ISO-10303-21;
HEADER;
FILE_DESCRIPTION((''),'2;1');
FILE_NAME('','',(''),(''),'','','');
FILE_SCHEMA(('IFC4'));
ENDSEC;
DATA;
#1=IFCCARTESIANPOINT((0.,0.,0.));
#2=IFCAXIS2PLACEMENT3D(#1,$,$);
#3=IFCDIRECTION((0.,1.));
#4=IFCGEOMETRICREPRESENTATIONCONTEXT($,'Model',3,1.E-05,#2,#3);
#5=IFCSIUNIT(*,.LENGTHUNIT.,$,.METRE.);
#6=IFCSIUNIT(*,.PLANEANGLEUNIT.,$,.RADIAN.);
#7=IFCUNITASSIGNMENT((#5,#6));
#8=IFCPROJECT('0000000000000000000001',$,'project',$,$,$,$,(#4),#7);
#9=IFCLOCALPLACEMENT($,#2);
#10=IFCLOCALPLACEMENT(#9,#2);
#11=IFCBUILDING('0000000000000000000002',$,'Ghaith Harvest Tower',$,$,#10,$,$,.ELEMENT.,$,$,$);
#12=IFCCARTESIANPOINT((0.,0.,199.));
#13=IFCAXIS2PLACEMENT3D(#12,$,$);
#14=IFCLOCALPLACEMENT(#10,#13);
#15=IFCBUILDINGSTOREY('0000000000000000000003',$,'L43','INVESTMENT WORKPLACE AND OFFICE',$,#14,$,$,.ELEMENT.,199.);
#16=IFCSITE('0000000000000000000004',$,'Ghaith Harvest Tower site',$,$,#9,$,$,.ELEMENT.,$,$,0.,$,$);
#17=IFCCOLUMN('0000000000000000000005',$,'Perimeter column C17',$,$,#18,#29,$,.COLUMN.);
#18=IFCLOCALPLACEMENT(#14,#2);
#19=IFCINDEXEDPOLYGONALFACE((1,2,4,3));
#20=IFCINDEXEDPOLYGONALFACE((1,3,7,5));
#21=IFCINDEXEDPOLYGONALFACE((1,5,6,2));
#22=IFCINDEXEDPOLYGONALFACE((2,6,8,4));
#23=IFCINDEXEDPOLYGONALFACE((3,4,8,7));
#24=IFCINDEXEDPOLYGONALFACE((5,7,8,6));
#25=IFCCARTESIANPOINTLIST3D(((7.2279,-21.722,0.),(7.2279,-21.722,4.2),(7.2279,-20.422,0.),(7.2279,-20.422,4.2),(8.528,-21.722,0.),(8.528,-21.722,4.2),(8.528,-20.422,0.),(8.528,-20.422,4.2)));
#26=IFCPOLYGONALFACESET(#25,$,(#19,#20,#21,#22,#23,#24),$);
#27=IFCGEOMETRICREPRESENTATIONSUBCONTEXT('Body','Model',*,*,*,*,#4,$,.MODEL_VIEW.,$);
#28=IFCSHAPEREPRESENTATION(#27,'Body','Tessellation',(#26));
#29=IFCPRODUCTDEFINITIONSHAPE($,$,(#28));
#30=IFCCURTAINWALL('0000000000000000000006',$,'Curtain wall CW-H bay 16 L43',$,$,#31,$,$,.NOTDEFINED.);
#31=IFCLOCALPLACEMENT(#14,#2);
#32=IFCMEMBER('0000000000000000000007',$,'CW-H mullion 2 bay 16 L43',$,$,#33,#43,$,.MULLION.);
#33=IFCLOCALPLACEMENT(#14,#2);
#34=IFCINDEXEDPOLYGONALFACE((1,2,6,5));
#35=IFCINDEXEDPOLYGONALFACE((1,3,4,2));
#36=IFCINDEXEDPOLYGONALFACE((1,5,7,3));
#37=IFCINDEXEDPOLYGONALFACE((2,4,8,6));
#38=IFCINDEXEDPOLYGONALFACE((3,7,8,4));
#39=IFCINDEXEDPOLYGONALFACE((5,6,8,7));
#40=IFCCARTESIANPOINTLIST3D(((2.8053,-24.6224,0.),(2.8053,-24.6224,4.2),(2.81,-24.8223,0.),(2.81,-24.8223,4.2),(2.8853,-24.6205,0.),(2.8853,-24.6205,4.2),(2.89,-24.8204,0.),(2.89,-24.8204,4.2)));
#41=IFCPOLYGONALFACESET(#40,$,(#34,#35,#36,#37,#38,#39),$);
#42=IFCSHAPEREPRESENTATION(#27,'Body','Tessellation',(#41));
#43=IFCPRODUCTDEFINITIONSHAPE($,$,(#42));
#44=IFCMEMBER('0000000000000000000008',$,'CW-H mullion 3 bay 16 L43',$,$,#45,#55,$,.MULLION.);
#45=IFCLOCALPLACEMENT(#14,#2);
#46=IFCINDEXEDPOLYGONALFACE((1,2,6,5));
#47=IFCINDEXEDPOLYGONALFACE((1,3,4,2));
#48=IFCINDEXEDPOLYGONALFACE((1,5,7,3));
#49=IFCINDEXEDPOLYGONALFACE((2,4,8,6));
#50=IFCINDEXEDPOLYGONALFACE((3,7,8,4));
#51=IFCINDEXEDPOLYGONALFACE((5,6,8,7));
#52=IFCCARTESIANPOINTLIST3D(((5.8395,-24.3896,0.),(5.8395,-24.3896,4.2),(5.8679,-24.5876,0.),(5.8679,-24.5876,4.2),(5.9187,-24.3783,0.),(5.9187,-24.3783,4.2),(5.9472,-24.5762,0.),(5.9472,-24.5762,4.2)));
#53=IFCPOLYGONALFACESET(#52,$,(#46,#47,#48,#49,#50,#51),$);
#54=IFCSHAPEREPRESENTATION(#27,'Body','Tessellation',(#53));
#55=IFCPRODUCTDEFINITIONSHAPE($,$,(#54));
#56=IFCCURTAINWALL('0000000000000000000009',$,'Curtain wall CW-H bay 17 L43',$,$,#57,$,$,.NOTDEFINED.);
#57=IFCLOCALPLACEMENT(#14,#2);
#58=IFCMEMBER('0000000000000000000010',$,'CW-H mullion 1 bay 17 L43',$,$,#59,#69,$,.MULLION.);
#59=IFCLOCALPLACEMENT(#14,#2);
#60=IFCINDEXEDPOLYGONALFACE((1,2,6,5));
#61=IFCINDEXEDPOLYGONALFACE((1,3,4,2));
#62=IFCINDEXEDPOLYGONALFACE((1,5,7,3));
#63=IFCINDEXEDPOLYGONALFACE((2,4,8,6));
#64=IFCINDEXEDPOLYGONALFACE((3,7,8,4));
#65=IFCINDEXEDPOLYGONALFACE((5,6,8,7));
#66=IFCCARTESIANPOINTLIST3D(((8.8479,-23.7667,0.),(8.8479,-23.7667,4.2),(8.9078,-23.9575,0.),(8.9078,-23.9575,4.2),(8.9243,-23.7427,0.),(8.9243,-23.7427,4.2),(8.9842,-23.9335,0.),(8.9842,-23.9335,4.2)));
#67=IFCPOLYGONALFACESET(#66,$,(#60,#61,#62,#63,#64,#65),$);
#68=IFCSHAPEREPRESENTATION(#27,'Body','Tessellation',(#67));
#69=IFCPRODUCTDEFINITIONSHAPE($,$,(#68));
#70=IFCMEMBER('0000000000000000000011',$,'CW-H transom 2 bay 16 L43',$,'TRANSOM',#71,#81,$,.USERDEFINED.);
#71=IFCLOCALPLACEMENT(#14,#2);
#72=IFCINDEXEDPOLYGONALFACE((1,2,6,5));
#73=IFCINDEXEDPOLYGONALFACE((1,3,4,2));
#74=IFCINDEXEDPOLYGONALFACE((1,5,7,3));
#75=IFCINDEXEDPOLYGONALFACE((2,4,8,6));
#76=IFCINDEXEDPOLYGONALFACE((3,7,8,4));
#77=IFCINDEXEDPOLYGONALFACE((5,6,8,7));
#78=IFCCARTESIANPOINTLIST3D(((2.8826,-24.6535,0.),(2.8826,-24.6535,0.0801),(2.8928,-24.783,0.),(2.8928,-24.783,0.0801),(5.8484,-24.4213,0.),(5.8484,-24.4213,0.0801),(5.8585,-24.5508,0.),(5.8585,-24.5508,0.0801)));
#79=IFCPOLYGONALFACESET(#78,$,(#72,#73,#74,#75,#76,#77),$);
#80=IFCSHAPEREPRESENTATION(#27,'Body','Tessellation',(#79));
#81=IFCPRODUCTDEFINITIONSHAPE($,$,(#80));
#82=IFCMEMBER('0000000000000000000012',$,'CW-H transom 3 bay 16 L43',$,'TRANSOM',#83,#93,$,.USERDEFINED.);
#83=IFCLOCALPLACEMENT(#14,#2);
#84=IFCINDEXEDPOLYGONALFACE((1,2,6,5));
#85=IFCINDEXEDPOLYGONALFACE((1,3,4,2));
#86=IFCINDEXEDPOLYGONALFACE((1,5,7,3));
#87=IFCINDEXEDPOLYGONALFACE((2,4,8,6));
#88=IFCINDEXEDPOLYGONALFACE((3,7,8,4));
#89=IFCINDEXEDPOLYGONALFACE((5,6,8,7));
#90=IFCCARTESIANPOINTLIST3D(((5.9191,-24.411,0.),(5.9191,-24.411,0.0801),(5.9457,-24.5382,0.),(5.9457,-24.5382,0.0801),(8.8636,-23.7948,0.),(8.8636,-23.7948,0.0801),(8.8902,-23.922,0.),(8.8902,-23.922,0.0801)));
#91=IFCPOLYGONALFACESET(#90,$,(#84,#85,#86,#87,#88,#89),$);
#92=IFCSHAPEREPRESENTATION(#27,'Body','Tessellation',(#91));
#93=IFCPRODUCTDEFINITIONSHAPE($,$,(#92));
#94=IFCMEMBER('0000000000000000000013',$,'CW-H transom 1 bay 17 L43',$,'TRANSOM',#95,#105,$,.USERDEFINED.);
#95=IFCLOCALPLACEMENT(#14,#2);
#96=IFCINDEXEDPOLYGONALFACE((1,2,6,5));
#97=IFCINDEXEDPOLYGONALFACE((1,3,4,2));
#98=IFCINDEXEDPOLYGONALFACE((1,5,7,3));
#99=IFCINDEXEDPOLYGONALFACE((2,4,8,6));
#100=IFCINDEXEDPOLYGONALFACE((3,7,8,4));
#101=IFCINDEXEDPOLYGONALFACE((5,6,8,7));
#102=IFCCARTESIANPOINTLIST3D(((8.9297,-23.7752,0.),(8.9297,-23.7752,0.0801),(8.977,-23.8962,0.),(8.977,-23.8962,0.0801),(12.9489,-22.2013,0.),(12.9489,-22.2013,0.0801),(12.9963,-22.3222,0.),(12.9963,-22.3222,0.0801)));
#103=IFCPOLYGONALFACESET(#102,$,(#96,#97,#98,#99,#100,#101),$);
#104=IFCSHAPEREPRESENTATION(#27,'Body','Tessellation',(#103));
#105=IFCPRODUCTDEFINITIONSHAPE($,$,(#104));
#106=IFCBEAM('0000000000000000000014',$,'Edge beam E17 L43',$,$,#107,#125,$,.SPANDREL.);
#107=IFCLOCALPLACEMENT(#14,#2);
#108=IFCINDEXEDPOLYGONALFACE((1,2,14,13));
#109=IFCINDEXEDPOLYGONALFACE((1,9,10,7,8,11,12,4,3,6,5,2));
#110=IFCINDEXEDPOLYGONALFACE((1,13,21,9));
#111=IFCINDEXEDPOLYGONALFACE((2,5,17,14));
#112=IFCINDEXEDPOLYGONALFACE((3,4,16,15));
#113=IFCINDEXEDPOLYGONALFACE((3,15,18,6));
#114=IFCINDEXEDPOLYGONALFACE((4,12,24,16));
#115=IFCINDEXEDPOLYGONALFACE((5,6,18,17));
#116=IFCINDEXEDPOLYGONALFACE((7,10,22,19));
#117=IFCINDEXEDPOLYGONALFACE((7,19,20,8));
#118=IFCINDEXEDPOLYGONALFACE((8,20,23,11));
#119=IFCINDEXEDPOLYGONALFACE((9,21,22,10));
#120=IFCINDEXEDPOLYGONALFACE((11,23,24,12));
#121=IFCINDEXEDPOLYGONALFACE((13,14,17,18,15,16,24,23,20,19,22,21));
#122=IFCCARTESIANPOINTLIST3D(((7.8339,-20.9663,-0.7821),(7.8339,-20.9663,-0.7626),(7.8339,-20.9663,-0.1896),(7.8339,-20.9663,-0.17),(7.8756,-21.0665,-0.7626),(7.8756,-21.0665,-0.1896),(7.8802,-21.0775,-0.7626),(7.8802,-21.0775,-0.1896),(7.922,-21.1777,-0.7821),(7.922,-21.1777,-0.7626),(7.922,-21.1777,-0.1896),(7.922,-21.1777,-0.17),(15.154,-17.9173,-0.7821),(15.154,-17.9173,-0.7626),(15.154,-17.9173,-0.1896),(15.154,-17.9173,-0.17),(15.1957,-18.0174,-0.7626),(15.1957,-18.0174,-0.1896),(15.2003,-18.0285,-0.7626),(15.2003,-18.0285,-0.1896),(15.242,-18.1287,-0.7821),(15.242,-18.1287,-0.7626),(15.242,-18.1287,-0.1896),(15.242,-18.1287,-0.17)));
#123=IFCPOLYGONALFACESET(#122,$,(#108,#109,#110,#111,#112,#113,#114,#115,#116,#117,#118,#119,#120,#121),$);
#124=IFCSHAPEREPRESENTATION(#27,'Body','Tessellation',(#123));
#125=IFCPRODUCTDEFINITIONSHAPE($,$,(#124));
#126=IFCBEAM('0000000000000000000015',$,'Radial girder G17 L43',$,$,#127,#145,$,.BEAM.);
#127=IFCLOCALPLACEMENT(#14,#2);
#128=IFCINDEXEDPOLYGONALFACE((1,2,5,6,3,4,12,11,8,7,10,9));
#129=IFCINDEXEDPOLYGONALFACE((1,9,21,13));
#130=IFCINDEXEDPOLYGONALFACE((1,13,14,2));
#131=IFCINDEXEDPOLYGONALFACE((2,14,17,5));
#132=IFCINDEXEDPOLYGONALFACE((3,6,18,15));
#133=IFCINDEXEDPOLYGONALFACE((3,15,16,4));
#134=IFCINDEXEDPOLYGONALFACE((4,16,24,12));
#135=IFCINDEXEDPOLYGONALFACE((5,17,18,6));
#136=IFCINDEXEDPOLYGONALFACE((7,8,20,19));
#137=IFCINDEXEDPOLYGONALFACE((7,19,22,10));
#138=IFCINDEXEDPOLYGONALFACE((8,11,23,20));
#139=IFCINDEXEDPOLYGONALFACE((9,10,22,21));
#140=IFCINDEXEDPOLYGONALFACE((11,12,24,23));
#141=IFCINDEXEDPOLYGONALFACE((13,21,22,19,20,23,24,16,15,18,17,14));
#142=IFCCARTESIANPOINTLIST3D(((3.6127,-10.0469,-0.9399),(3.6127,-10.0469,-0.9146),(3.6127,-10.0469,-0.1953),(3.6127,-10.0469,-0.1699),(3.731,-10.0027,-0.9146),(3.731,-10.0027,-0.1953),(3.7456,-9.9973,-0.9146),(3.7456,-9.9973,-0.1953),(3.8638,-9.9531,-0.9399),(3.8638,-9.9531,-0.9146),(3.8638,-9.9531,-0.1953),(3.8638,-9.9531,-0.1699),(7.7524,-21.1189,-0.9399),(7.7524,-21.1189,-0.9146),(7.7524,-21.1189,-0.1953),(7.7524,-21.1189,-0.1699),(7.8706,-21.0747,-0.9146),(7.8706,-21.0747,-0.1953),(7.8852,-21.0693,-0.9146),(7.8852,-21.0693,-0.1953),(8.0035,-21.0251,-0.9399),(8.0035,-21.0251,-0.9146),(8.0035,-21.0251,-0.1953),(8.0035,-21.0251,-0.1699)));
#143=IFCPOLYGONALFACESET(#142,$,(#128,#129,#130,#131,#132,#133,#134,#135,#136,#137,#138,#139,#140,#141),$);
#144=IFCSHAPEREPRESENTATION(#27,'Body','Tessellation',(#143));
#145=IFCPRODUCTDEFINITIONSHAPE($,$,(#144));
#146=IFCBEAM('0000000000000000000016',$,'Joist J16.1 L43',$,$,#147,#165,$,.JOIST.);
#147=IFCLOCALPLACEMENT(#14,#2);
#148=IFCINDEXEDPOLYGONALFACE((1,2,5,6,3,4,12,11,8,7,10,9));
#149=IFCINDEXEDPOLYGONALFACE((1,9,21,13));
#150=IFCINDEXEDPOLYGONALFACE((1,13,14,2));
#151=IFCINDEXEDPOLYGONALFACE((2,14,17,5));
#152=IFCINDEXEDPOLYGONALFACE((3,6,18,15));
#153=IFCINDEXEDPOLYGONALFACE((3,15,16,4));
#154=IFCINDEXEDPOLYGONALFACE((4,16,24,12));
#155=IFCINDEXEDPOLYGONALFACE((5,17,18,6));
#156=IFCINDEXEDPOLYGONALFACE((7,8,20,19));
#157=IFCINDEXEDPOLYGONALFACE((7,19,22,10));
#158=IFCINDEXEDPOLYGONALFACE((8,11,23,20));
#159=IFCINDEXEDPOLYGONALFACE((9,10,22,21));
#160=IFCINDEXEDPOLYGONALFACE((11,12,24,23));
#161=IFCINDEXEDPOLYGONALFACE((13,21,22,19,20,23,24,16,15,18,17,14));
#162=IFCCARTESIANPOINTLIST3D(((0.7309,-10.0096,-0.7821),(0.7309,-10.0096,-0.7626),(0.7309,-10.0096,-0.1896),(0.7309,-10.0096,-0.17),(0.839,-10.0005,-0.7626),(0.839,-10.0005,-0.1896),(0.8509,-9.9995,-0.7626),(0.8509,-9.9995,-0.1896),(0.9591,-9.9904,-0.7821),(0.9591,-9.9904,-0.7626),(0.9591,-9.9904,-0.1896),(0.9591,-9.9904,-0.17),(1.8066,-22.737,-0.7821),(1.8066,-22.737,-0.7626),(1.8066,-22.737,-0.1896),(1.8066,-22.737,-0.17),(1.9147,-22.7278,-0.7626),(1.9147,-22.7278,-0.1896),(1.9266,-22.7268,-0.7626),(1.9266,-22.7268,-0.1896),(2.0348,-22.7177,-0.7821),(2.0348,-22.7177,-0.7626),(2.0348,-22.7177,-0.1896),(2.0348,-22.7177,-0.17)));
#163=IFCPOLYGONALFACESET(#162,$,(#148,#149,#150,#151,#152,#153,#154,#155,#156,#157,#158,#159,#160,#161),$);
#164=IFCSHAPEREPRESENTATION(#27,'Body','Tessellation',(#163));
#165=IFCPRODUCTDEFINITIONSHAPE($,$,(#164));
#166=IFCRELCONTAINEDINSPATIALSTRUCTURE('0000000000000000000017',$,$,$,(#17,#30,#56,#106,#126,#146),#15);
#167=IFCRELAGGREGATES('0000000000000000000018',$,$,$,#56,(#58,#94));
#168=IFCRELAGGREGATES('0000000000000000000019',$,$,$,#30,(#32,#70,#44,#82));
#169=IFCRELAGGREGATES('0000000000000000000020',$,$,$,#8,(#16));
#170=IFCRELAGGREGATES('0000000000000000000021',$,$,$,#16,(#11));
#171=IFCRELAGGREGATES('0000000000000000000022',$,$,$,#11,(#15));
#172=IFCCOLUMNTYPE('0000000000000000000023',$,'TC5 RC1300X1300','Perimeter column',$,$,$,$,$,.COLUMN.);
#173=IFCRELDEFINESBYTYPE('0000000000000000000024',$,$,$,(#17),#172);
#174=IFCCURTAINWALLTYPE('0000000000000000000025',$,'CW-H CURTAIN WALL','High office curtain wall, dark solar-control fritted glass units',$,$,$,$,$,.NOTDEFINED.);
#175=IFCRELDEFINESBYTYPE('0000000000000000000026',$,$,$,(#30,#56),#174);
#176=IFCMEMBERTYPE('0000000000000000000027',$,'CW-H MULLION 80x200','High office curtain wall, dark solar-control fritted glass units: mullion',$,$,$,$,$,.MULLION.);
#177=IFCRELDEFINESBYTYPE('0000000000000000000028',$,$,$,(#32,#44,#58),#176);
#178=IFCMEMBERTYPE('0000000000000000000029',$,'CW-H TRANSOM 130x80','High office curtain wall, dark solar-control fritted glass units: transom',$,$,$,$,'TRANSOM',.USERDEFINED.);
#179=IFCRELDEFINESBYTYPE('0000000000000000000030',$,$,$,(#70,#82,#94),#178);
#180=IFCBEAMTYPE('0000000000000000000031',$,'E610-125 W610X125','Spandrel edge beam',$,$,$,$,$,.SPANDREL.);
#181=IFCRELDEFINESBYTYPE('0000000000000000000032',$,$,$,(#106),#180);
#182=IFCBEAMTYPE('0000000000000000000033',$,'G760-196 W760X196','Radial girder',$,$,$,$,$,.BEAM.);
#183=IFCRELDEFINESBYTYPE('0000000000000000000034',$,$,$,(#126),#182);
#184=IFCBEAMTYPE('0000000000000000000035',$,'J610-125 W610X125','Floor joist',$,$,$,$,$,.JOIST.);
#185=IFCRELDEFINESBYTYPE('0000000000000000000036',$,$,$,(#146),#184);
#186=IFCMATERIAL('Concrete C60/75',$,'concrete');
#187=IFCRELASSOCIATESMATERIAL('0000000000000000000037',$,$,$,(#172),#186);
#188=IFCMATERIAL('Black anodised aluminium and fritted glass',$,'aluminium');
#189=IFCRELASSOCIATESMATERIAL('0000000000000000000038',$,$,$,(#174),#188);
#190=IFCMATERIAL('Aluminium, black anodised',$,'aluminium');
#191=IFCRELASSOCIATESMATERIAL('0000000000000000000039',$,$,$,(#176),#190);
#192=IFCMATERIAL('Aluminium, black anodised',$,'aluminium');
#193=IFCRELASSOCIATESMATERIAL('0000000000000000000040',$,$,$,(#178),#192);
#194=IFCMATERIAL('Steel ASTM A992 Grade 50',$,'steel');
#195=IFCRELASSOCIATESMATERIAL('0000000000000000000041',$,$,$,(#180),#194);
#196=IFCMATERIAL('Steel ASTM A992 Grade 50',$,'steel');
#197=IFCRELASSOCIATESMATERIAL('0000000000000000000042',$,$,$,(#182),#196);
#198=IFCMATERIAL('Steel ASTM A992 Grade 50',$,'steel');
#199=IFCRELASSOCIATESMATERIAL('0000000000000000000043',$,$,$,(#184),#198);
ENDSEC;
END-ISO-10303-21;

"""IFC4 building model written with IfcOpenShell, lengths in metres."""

from ifc_helpers import new_model, si_unit, direction, frame, origin, origin_2d, place, context, subcontext, project, spatial, rectangle, i_section, extrude, material, material_profile, profile_set, type_object, element, aggregate, save


model = new_model("IFC4")

# Units and contexts
model_context = context("Model", 3, precision=1e-05, world=origin(), true_north=direction((0.0, 1.0)))
body_context = subcontext(model_context, "Body", "Model", "MODEL_VIEW")
ifc_project = project(units=[si_unit("LENGTHUNIT", "METRE"), si_unit("PLANEANGLEUNIT", "RADIAN")], contexts=[model_context])

# Site, building, storey
site_placement = place(None, origin())
site = spatial("IfcSite", under=ifc_project, at=site_placement, Name="Ghaith Harvest Tower site", CompositionType="ELEMENT", RefElevation=0.0)
building_placement = place(site_placement, origin())
building = spatial("IfcBuilding", under=site, at=building_placement, Name="Ghaith Harvest Tower", CompositionType="ELEMENT")
storey_placement = place(building_placement, frame((0.0, 0.0, 199.0)))
storey = spatial("IfcBuildingStorey", under=building, at=storey_placement, Name="L43", Description="INVESTMENT WORKPLACE AND OFFICE", CompositionType="ELEMENT", Elevation=199.0)

# Column
ifc_material_1 = material(Name="Concrete C60/75", Category="concrete")
ifc_material_profile_1 = material_profile(ifc_material_1, rectangle(XDim=1.3, YDim=1.3, at=origin_2d()), Name="RC1300X1300")
ifc_profile_set_1 = profile_set([ifc_material_profile_1], Name="Concrete C60/75")
column_type = type_object("IfcColumnType", Name="TC5 RC1300X1300", Description="Perimeter column", PredefinedType="COLUMN", material=ifc_profile_set_1)
column_placement = place(storey_placement, frame((7.8779, -21.072, 0.0), z_axis=(0.0, 0.0, 1.0), x_axis=(1.0, 0.0, 0.0)))
element("IfcColumn", 1, at=column_placement, inside=storey, type_object=column_type, Name="Perimeter column C17", PredefinedType="COLUMN", context=body_context, shape_type="SweptSolid", body=[
    extrude(rectangle(XDim=1.3, YDim=1.3, at=origin_2d()), origin(), (0.0, 0.0, 1.0), 4.2),
])

# Curtain wall, members
ifc_material_2 = material(Name="Black anodised aluminium and fritted glass", Category="aluminium")
curtain_wall_type = type_object("IfcCurtainWallType", Name="CW-H CURTAIN WALL", Description="High office curtain wall, dark solar-control fritted glass units", PredefinedType="NOTDEFINED", material=ifc_material_2)
curtain_wall_1_placement = place(storey_placement, origin())
curtain_wall_1 = element("IfcCurtainWall", 2, at=curtain_wall_1_placement, inside=storey, type_object=curtain_wall_type, Name="Curtain wall CW-H bay 16 L43", PredefinedType="NOTDEFINED")
ifc_material_3 = material(Name="Aluminium, black anodised", Category="aluminium")
ifc_material_profile_2 = material_profile(ifc_material_3, rectangle(XDim=0.0801, YDim=0.2, at=origin_2d()), Name="CW-H MULLION 80x200")
ifc_profile_set_2 = profile_set([ifc_material_profile_2], Name="Aluminium, black anodised")
member_type_1 = type_object("IfcMemberType", Name="CW-H MULLION 80x200", Description="High office curtain wall, dark solar-control fritted glass units: mullion", PredefinedType="MULLION", material=ifc_profile_set_2)
member_1_placement = place(storey_placement, frame((2.8477, -24.7214, 0.0), z_axis=(0.0, 0.0, 1.0), x_axis=(0.999724, 0.023475, 0.0)))
member_1 = element("IfcMember", 3, at=member_1_placement, type_object=member_type_1, Name="CW-H mullion 2 bay 16 L43", PredefinedType="MULLION", context=body_context, shape_type="SweptSolid", body=[
    extrude(rectangle(XDim=0.0801, YDim=0.2, at=origin_2d()), origin(), (0.0, 0.0, 1.0), 4.2),
])
member_2_placement = place(storey_placement, frame((5.8933, -24.4829, 0.0), z_axis=(0.0, 0.0, 1.0), x_axis=(0.989849, 0.142122, 0.0)))
member_2 = element("IfcMember", 4, at=member_2_placement, type_object=member_type_1, Name="CW-H mullion 3 bay 16 L43", PredefinedType="MULLION", context=body_context, shape_type="SweptSolid", body=[
    extrude(rectangle(XDim=0.0801, YDim=0.2, at=origin_2d()), origin(), (0.0, 0.0, 1.0), 4.2),
])

# Curtain wall, member
curtain_wall_2_placement = place(storey_placement, origin())
curtain_wall_2 = element("IfcCurtainWall", 5, at=curtain_wall_2_placement, inside=storey, type_object=curtain_wall_type, Name="Curtain wall CW-H bay 17 L43", PredefinedType="NOTDEFINED")
member_3_placement = place(storey_placement, frame((8.916, -23.8501, 0.0), z_axis=(0.0, 0.0, 1.0), x_axis=(0.95403, 0.299711, 0.0)))
member_3 = element("IfcMember", 6, at=member_3_placement, type_object=member_type_1, Name="CW-H mullion 1 bay 17 L43", PredefinedType="MULLION", context=body_context, shape_type="SweptSolid", body=[
    extrude(rectangle(XDim=0.0801, YDim=0.2, at=origin_2d()), origin(), (0.0, 0.0, 1.0), 4.2),
])

# Members
ifc_material_4 = material(Name="Aluminium, black anodised", Category="aluminium")
ifc_material_profile_3 = material_profile(ifc_material_4, rectangle(XDim=0.1299, YDim=0.0801, at=origin_2d()), Name="CW-H TRANSOM 130x80")
ifc_profile_set_3 = profile_set([ifc_material_profile_3], Name="Aluminium, black anodised")
member_type_2 = type_object("IfcMemberType", Name="CW-H TRANSOM 130x80", Description="High office curtain wall, dark solar-control fritted glass units: transom", ElementType="TRANSOM", PredefinedType="USERDEFINED", material=ifc_profile_set_3)
member_4_placement = place(storey_placement, frame((2.8877, -24.7183, 0.04), z_axis=(0.99695, 0.078046, 0.0), x_axis=(-0.078046, 0.99695, 0.0)))
member_4 = element("IfcMember", 7, at=member_4_placement, type_object=member_type_2, Name="CW-H transom 2 bay 16 L43", ObjectType="TRANSOM", PredefinedType="USERDEFINED", context=body_context, shape_type="SweptSolid", body=[
    extrude(rectangle(XDim=0.1299, YDim=0.0801, at=origin_2d()), origin(), (0.0, 0.0, 1.0), 2.9749),
])
member_5_placement = place(storey_placement, frame((5.9324, -24.4746, 0.04), z_axis=(0.978797, 0.204832, 0.0), x_axis=(-0.204832, 0.978797, 0.0)))
member_5 = element("IfcMember", 8, at=member_5_placement, type_object=member_type_2, Name="CW-H transom 3 bay 16 L43", ObjectType="TRANSOM", PredefinedType="USERDEFINED", context=body_context, shape_type="SweptSolid", body=[
    extrude(rectangle(XDim=0.1299, YDim=0.0801, at=origin_2d()), origin(), (0.0, 0.0, 1.0), 3.0083),
])
member_6_placement = place(storey_placement, frame((8.9534, -23.8357, 0.04), z_axis=(0.931148, 0.364642, 0.0), x_axis=(-0.364642, 0.931148, 0.0)))
member_6 = element("IfcMember", 9, at=member_6_placement, type_object=member_type_2, Name="CW-H transom 1 bay 17 L43", ObjectType="TRANSOM", PredefinedType="USERDEFINED", context=body_context, shape_type="SweptSolid", body=[
    extrude(rectangle(XDim=0.1299, YDim=0.0801, at=origin_2d()), origin(), (0.0, 0.0, 1.0), 4.3164),
])
aggregate(curtain_wall_2, [member_3, member_6])

# Beams
ifc_material_5 = material(Name="Steel ASTM A992 Grade 50", Category="steel")
ifc_material_profile_4 = material_profile(ifc_material_5, i_section(OverallWidth=0.229, OverallDepth=0.6121, WebThickness=0.012, FlangeThickness=0.0195, at=origin_2d()), Name="W610X125")
ifc_profile_set_4 = profile_set([ifc_material_profile_4], Name="Steel ASTM A992 Grade 50")
beam_type_1 = type_object("IfcBeamType", Name="E610-125 W610X125", Description="Spandrel edge beam", PredefinedType="SPANDREL", material=ifc_profile_set_4)
beam_1_placement = place(storey_placement, frame((7.8779, -21.072, -0.4761), z_axis=(0.92312, 0.384513, 0.0), x_axis=(-0.384513, 0.92312, 0.0)))
element("IfcBeam", 10, at=beam_1_placement, inside=storey, type_object=beam_type_1, Name="Edge beam E17 L43", PredefinedType="SPANDREL", context=body_context, shape_type="SweptSolid", body=[
    extrude(i_section(OverallWidth=0.229, OverallDepth=0.6121, WebThickness=0.012, FlangeThickness=0.0195, at=origin_2d()), origin(), (0.0, 0.0, 1.0), 7.9297),
])
ifc_material_6 = material(Name="Steel ASTM A992 Grade 50", Category="steel")
ifc_material_profile_5 = material_profile(ifc_material_6, i_section(OverallWidth=0.2681, OverallDepth=0.77, WebThickness=0.0156, FlangeThickness=0.0254, at=origin_2d()), Name="W760X196")
ifc_profile_set_5 = profile_set([ifc_material_profile_5], Name="Steel ASTM A992 Grade 50")
beam_type_2 = type_object("IfcBeamType", Name="G760-196 W760X196", Description="Radial girder", PredefinedType="BEAM", material=ifc_profile_set_5)
beam_2_placement = place(storey_placement, frame((3.7383, -10.0, -0.5549), z_axis=(0.350207, -0.936672, 0.0), x_axis=(0.936672, 0.350207, 0.0)))
element("IfcBeam", 11, at=beam_2_placement, inside=storey, type_object=beam_type_2, Name="Radial girder G17 L43", PredefinedType="BEAM", context=body_context, shape_type="SweptSolid", body=[
    extrude(i_section(OverallWidth=0.2681, OverallDepth=0.77, WebThickness=0.0156, FlangeThickness=0.0254, at=origin_2d()), origin(), (0.0, 0.0, 1.0), 11.8206),
])
ifc_material_7 = material(Name="Steel ASTM A992 Grade 50", Category="steel")
ifc_material_profile_6 = material_profile(ifc_material_7, i_section(OverallWidth=0.229, OverallDepth=0.6121, WebThickness=0.012, FlangeThickness=0.0195, at=origin_2d()), Name="W610X125")
ifc_profile_set_6 = profile_set([ifc_material_profile_6], Name="Steel ASTM A992 Grade 50")
beam_type_3 = type_object("IfcBeamType", Name="J610-125 W610X125", Description="Floor joist", PredefinedType="JOIST", material=ifc_profile_set_6)
beam_3_placement = place(storey_placement, frame((0.845, -10.0, -0.4761), z_axis=(0.084218, -0.996447, 0.0), x_axis=(0.996447, 0.084218, 0.0)))
element("IfcBeam", 12, at=beam_3_placement, inside=storey, type_object=beam_type_3, Name="Joist J16.1 L43", PredefinedType="JOIST", context=body_context, shape_type="SweptSolid", body=[
    extrude(i_section(OverallWidth=0.229, OverallDepth=0.6121, WebThickness=0.012, FlangeThickness=0.0195, at=origin_2d()), origin(), (0.0, 0.0, 1.0), 12.7727),
])

aggregate(curtain_wall_1, [member_1, member_4, member_2, member_5])

save(model, "model.ifc")
